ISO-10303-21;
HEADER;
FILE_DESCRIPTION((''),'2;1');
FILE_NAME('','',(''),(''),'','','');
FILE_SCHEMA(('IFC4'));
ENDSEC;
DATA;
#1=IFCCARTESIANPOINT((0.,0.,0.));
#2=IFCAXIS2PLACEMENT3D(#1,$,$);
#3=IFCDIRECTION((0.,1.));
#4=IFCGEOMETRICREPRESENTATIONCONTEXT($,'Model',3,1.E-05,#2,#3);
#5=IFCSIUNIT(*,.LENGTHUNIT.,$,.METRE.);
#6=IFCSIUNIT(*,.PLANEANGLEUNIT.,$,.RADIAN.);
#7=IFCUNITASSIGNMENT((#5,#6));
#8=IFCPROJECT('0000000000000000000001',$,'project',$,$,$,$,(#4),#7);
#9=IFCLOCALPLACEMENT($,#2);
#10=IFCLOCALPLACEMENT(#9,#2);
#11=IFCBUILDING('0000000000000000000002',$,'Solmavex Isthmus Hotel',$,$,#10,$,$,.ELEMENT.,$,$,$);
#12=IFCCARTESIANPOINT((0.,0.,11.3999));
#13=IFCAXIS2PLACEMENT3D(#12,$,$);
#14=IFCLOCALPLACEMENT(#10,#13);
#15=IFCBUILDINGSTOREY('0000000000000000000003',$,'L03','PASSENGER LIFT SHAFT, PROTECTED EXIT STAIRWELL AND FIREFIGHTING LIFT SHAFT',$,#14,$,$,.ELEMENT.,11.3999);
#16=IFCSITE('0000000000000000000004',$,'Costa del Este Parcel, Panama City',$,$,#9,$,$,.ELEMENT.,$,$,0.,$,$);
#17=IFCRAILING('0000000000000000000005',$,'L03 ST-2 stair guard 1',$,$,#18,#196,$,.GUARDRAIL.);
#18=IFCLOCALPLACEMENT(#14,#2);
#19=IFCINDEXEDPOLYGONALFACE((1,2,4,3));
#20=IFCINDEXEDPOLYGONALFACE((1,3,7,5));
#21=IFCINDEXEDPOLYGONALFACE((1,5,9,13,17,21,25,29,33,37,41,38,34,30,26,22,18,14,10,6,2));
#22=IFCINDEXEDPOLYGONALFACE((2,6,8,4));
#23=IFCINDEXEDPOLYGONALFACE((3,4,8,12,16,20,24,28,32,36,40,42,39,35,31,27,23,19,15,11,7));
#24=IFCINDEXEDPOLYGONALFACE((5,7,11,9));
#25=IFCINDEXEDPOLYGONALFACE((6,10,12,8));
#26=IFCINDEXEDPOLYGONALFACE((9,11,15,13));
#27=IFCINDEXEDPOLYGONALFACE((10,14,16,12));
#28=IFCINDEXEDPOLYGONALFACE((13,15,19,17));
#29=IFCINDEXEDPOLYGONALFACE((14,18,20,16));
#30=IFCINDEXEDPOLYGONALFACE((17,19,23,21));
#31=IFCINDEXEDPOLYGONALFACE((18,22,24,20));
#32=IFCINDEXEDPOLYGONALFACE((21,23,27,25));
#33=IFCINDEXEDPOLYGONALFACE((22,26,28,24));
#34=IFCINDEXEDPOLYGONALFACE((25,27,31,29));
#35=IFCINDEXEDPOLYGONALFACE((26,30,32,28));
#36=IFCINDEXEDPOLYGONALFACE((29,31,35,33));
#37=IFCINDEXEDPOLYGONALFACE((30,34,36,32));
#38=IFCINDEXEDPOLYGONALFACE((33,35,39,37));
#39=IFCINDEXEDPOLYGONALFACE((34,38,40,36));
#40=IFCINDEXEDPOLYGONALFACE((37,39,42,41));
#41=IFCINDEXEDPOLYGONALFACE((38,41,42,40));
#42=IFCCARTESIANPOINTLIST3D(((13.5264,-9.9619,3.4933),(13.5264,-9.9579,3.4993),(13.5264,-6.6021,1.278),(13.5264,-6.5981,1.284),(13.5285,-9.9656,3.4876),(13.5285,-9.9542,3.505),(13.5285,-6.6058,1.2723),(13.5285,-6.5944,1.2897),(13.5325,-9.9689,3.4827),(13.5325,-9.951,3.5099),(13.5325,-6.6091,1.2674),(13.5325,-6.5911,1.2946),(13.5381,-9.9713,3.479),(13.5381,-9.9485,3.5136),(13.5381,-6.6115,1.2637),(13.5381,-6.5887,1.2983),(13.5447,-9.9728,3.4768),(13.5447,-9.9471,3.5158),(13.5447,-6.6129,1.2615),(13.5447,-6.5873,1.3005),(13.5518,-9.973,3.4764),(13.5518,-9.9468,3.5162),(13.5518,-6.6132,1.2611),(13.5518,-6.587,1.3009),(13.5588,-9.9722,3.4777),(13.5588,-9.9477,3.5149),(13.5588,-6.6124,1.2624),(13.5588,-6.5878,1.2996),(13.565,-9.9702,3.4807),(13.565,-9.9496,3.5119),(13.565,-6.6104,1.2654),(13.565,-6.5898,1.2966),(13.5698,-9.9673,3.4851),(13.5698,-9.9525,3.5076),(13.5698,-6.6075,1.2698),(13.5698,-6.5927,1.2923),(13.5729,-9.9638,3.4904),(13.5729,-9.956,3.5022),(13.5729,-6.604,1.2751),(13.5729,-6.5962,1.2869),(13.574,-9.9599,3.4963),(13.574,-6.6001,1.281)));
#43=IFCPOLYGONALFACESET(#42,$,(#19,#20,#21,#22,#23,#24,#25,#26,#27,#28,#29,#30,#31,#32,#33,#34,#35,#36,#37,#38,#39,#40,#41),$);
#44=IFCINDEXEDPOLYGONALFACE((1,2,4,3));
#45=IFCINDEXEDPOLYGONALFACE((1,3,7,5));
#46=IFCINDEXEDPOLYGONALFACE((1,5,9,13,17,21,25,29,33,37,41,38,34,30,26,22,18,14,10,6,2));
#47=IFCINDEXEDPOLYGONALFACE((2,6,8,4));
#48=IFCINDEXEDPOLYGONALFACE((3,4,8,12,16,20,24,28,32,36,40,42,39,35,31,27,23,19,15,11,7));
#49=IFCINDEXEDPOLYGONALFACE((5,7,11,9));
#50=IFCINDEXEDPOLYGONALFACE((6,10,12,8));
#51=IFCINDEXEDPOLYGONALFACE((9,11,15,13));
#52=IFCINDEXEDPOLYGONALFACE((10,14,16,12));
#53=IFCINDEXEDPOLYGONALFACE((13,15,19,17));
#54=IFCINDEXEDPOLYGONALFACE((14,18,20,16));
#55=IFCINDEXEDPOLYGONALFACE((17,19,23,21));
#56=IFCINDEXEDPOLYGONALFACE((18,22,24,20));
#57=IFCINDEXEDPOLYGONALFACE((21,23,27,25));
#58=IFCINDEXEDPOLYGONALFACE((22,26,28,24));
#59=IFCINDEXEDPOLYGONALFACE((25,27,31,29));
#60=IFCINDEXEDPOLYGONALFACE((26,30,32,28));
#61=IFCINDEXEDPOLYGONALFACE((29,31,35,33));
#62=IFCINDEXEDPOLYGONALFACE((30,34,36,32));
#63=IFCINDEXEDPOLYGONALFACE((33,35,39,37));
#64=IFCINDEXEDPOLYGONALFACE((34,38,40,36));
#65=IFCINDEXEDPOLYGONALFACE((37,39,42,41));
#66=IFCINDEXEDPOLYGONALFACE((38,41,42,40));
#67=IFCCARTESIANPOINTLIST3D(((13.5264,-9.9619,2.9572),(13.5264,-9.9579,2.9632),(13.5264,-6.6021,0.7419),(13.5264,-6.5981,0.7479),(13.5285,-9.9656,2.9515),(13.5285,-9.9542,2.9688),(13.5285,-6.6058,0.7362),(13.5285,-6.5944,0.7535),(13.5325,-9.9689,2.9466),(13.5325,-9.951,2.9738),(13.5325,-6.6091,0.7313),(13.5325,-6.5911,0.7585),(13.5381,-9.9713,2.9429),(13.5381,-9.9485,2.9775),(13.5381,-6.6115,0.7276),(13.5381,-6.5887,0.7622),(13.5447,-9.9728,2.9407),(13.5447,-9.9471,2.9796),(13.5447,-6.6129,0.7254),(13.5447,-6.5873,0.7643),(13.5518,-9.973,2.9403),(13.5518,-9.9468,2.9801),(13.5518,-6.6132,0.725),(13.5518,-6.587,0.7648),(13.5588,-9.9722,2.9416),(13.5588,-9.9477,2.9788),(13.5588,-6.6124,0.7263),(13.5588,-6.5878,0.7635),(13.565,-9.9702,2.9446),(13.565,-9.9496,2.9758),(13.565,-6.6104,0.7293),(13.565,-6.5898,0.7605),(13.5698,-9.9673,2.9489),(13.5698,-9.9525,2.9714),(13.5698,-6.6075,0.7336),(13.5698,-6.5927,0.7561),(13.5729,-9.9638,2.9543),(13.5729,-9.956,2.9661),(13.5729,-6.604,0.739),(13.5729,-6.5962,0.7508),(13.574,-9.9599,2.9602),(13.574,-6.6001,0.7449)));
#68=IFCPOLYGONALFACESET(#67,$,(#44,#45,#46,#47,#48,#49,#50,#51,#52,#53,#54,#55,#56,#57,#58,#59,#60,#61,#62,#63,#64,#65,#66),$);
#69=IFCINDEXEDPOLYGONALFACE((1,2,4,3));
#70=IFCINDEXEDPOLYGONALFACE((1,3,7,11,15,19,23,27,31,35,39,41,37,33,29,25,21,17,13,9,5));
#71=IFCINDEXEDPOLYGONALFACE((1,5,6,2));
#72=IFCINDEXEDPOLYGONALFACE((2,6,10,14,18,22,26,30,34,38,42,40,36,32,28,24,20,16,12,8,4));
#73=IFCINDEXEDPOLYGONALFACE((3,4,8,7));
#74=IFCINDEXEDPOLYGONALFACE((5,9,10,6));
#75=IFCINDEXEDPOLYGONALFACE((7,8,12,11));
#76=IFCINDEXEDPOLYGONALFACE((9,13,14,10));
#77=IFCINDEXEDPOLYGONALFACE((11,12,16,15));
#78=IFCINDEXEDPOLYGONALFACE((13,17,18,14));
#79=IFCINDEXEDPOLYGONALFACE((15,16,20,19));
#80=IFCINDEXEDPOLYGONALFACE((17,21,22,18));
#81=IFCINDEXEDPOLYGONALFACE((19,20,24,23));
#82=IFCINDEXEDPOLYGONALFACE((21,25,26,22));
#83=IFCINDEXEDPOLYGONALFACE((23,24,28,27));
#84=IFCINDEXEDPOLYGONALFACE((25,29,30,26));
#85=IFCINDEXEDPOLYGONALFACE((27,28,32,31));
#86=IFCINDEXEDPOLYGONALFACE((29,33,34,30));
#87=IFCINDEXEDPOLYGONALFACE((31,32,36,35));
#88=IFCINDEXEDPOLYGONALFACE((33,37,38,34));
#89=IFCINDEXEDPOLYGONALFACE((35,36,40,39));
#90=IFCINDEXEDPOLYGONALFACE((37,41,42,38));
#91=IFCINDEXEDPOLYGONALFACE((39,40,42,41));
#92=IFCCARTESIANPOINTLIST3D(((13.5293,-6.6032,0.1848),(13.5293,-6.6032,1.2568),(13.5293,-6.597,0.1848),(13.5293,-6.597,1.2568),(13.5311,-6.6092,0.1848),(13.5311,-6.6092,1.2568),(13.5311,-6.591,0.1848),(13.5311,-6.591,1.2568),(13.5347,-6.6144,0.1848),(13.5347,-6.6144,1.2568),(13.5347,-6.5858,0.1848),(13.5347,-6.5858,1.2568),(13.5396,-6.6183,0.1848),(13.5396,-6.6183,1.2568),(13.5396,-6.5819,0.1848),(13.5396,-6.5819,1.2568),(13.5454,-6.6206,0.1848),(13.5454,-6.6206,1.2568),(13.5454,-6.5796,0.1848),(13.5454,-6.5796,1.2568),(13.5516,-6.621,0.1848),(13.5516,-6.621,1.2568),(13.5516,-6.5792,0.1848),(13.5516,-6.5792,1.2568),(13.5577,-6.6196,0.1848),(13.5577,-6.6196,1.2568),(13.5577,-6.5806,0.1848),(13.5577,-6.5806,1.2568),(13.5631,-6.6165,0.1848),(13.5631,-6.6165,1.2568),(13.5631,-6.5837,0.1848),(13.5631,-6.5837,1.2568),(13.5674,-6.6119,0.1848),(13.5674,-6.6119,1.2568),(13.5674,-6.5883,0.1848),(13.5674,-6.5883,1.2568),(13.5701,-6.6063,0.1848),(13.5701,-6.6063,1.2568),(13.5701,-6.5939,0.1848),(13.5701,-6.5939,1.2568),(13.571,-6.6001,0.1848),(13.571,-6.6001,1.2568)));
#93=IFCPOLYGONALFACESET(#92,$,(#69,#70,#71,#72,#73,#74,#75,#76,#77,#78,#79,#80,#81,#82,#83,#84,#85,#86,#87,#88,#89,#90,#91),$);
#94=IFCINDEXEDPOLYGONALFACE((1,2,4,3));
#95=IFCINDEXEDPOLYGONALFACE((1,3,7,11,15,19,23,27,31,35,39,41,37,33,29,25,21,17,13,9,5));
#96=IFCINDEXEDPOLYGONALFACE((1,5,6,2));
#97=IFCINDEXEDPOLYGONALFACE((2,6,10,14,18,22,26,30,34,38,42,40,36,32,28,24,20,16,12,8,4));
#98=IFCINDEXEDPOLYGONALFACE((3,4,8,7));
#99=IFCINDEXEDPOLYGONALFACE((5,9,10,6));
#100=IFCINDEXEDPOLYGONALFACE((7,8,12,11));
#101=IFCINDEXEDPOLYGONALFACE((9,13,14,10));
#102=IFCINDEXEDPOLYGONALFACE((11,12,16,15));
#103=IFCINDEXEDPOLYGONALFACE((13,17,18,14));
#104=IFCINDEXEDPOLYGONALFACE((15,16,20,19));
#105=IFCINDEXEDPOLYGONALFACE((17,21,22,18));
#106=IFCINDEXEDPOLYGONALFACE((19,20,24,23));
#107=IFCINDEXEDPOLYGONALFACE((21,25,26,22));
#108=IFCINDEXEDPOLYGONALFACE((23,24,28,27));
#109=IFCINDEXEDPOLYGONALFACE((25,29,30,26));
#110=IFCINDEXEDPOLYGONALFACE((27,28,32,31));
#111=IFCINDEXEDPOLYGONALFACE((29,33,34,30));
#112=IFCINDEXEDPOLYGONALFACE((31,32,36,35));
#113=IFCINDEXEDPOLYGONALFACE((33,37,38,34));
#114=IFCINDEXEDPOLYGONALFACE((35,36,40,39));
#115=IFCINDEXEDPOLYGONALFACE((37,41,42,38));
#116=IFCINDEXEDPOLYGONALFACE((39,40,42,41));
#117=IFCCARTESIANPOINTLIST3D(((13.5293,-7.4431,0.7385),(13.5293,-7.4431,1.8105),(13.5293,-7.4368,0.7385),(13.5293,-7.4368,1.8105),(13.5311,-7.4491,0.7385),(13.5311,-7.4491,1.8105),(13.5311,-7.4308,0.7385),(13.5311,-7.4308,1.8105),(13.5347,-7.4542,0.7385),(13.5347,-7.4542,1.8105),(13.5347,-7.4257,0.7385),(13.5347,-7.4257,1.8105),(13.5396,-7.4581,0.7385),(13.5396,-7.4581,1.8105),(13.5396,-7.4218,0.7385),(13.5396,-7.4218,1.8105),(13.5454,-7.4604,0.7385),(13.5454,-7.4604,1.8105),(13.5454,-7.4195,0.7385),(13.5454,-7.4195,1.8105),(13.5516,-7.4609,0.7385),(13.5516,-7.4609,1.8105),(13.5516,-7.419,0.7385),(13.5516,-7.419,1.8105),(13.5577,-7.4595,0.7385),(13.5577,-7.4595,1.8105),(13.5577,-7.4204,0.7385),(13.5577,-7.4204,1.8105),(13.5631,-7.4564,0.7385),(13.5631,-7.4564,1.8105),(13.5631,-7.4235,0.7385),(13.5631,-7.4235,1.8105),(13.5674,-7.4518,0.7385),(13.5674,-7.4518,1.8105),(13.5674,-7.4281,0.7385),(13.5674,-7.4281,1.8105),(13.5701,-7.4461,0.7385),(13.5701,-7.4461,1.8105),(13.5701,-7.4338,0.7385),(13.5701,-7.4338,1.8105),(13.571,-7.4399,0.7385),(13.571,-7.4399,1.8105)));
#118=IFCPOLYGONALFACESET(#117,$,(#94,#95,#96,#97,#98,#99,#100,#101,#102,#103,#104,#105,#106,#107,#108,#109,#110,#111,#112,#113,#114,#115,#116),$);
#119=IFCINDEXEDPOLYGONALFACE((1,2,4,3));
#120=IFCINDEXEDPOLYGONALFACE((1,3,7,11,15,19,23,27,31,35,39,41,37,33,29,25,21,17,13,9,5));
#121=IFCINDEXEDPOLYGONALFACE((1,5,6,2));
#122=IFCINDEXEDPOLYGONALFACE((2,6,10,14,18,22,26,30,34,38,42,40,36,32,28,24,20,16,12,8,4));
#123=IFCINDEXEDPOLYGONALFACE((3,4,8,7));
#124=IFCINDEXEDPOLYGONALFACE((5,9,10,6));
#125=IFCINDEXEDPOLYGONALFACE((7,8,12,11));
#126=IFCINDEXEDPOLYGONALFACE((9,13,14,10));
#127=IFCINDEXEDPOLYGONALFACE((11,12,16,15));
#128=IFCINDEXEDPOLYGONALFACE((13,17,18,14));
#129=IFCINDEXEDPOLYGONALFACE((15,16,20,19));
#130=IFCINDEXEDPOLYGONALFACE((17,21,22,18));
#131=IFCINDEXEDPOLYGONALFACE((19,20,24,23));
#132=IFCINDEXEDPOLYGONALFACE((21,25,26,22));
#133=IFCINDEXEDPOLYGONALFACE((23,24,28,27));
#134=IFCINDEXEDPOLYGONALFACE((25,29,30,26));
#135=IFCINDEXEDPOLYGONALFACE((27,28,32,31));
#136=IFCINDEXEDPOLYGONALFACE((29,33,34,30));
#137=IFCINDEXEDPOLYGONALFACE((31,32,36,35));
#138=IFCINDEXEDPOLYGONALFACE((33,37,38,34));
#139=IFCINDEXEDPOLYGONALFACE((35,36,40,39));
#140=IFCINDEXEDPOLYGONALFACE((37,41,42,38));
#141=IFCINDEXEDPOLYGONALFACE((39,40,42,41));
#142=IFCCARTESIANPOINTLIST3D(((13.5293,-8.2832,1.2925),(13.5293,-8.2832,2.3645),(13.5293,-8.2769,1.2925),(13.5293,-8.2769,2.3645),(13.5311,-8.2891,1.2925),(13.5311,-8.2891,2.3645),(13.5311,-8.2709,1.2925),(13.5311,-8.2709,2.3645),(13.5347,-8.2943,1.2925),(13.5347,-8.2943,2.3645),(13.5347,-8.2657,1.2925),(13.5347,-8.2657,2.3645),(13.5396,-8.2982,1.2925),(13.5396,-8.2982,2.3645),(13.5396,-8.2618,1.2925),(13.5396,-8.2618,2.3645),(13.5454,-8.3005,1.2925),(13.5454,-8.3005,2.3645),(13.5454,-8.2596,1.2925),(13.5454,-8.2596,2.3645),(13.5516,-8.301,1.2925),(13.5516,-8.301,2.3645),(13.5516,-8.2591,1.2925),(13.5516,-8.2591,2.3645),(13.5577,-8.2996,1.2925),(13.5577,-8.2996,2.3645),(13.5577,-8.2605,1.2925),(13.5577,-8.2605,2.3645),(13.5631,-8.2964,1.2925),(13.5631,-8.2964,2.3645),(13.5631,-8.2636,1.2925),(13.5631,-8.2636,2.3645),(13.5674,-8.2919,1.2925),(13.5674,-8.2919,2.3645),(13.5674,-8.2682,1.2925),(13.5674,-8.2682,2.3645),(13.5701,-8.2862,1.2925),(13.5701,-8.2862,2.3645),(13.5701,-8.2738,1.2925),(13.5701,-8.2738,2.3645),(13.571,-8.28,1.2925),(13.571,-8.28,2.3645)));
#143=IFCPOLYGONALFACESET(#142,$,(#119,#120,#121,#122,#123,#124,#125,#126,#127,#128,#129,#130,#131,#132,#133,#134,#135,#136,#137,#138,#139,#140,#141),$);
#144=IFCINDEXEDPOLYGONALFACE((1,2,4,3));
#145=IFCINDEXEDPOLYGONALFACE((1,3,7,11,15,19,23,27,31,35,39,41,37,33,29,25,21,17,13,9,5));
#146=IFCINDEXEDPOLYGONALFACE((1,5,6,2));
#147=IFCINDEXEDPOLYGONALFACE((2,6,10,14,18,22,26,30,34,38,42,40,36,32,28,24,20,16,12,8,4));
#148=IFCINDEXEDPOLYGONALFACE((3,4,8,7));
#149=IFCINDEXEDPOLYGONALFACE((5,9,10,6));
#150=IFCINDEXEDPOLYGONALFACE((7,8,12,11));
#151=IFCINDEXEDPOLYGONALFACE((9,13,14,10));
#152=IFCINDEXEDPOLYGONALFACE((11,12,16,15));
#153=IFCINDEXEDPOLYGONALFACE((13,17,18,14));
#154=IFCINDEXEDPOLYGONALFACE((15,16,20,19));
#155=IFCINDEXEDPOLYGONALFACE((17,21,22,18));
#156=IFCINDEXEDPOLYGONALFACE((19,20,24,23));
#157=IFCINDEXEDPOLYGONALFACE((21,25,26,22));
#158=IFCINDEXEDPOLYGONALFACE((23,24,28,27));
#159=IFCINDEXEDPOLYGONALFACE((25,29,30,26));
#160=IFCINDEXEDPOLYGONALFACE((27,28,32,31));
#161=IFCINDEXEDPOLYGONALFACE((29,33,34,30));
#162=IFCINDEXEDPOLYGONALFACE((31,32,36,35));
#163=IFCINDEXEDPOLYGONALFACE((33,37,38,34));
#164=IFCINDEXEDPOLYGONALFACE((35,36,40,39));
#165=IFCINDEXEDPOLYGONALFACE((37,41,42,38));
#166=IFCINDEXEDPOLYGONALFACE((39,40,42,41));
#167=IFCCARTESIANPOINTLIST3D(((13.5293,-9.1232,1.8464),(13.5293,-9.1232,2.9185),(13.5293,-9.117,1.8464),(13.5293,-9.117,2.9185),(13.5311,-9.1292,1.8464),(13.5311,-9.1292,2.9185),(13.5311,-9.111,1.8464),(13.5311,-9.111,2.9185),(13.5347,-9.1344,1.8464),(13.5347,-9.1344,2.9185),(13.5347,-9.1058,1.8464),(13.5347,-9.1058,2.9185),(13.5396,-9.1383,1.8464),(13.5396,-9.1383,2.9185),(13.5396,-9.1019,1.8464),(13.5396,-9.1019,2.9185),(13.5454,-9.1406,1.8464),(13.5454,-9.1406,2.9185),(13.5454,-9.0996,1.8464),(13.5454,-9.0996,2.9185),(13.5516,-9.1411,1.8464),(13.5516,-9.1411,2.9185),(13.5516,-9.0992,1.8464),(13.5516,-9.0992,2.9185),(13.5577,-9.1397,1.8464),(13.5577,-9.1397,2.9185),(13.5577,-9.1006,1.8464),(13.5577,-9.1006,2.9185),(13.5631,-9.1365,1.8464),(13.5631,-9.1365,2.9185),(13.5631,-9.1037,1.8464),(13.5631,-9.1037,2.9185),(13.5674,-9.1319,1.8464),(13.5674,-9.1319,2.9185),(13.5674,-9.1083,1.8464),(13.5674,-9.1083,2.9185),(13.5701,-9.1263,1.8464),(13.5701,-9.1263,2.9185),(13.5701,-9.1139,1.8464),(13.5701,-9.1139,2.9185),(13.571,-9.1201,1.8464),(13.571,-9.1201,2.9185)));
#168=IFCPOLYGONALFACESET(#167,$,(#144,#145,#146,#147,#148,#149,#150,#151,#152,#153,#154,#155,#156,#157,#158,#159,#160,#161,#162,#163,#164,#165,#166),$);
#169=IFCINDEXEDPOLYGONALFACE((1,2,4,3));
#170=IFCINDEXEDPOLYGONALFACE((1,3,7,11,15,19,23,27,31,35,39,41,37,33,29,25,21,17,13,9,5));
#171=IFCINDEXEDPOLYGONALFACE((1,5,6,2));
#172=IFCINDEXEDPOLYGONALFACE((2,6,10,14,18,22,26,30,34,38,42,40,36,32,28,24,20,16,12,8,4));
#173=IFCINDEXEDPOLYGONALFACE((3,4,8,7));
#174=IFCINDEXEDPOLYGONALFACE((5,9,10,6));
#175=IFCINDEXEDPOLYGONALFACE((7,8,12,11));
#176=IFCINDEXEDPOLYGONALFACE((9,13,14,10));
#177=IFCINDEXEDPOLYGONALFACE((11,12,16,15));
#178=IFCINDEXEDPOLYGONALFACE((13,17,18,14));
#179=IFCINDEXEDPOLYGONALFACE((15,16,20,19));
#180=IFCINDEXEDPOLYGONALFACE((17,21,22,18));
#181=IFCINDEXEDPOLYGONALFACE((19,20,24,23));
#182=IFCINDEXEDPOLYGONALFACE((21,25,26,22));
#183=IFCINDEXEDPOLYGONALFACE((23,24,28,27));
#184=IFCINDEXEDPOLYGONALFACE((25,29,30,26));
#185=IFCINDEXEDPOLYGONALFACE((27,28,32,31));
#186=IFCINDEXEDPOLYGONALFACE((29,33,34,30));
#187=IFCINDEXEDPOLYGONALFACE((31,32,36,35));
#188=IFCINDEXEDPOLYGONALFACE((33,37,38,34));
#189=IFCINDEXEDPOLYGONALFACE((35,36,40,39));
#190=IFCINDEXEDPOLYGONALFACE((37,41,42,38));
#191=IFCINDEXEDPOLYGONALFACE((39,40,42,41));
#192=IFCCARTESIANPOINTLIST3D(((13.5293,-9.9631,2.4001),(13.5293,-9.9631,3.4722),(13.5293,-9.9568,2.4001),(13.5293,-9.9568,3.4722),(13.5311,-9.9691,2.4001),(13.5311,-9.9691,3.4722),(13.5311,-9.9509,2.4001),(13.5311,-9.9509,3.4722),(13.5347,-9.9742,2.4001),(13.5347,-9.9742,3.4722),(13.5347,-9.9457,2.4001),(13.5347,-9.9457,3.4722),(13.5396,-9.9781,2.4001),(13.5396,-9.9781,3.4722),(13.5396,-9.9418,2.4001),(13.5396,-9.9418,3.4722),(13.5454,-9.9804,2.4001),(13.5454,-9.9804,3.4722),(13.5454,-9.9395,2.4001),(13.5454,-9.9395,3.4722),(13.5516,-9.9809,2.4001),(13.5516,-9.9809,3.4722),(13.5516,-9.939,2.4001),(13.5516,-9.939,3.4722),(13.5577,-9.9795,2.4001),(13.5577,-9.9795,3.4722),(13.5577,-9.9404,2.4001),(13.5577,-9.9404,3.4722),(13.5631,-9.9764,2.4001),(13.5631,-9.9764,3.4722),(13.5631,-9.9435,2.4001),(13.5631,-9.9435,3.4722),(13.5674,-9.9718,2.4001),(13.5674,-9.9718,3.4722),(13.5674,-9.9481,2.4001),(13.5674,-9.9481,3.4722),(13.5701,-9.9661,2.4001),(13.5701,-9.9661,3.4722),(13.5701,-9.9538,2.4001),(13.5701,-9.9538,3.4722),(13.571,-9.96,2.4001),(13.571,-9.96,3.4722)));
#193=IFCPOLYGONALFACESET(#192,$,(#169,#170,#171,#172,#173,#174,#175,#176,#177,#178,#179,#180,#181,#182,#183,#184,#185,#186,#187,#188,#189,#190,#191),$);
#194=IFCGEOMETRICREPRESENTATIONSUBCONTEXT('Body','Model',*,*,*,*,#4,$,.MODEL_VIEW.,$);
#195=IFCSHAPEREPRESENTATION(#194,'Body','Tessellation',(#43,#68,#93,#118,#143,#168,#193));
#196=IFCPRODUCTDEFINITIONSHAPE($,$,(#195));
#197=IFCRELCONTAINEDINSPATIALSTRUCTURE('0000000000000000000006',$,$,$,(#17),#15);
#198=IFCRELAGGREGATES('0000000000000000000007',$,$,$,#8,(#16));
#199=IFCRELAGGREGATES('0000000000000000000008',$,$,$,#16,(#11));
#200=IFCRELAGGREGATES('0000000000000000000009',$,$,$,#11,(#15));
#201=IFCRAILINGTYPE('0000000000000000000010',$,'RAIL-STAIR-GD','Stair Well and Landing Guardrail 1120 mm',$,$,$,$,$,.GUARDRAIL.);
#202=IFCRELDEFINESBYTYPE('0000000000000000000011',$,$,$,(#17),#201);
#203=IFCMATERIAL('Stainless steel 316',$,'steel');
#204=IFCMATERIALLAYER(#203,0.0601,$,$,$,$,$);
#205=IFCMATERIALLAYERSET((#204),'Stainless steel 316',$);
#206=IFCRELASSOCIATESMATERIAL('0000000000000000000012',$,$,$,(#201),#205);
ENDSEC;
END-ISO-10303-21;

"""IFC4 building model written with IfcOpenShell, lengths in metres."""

from ifc_helpers import new_model, si_unit, direction, frame, origin, origin_2d, place, context, subcontext, project, spatial, circle, extrude, material, layer, layer_set, type_object, element, save


model = new_model("IFC4")

# Units and contexts
model_context = context("Model", 3, precision=1e-05, world=origin(), true_north=direction((0.0, 1.0)))
body_context = subcontext(model_context, "Body", "Model", "MODEL_VIEW")
ifc_project = project(units=[si_unit("LENGTHUNIT", "METRE"), si_unit("PLANEANGLEUNIT", "RADIAN")], contexts=[model_context])

# Site, building, storey
site_placement = place(None, origin())
site = spatial("IfcSite", under=ifc_project, at=site_placement, Name="Costa del Este Parcel, Panama City", CompositionType="ELEMENT", RefElevation=0.0)
building_placement = place(site_placement, origin())
building = spatial("IfcBuilding", under=site, at=building_placement, Name="Solmavex Isthmus Hotel", CompositionType="ELEMENT")
storey_placement = place(building_placement, frame((0.0, 0.0, 11.3999)))
storey = spatial("IfcBuildingStorey", under=building, at=storey_placement, Name="L03", Description="PASSENGER LIFT SHAFT, PROTECTED EXIT STAIRWELL AND FIREFIGHTING LIFT SHAFT", CompositionType="ELEMENT", Elevation=11.3999)

# Railing
ifc_material_1 = material(Name="Stainless steel 316", Category="steel")
ifc_layer_1 = layer(ifc_material_1, 0.0601)
ifc_layer_set_1 = layer_set([ifc_layer_1], Name="Stainless steel 316")
railing_type_1 = type_object("IfcRailingType", Name="RAIL-STAIR-GD", Description="Stair Well and Landing Guardrail 1120 mm", PredefinedType="GUARDRAIL", material=ifc_layer_set_1)
railing_1_placement = place(storey_placement, frame((13.55, -6.6001, 0.1848)))
element("IfcRailing", 1, at=railing_1_placement, inside=storey, type_object=railing_type_1, Name="L03 ST-2 stair guard 1", PredefinedType="GUARDRAIL", context=body_context, shape_type="SweptSolid", body=[
    extrude(circle(Radius=0.0239, at=origin_2d()), frame((0.0, 0.0, 1.0962), z_axis=(0.0, -0.834858, 0.550465), x_axis=(1.0, 0.0, 0.0)), (0.0, 0.0, 1.0), 4.0244),
    extrude(circle(Radius=0.0239, at=origin_2d()), frame((0.0, 0.0, 0.5601), z_axis=(0.0, -0.834858, 0.550465), x_axis=(1.0, 0.0, 0.0)), (0.0, 0.0, 1.0), 4.0244),
    extrude(circle(Radius=0.021, at=origin_2d()), origin(), (0.0, 0.0, 1.0), 1.072),
    extrude(circle(Radius=0.021, at=origin_2d()), frame((0.0, -0.8398, 0.5537)), (0.0, 0.0, 1.0), 1.072),
    extrude(circle(Radius=0.021, at=origin_2d()), frame((0.0, -1.6799, 1.1077)), (0.0, 0.0, 1.0), 1.072),
    extrude(circle(Radius=0.021, at=origin_2d()), frame((0.0, -2.52, 1.6616)), (0.0, 0.0, 1.0), 1.072),
    extrude(circle(Radius=0.021, at=origin_2d()), frame((0.0, -3.3599, 2.2153)), (0.0, 0.0, 1.0), 1.072),
])

save(model, "model.ifc")
